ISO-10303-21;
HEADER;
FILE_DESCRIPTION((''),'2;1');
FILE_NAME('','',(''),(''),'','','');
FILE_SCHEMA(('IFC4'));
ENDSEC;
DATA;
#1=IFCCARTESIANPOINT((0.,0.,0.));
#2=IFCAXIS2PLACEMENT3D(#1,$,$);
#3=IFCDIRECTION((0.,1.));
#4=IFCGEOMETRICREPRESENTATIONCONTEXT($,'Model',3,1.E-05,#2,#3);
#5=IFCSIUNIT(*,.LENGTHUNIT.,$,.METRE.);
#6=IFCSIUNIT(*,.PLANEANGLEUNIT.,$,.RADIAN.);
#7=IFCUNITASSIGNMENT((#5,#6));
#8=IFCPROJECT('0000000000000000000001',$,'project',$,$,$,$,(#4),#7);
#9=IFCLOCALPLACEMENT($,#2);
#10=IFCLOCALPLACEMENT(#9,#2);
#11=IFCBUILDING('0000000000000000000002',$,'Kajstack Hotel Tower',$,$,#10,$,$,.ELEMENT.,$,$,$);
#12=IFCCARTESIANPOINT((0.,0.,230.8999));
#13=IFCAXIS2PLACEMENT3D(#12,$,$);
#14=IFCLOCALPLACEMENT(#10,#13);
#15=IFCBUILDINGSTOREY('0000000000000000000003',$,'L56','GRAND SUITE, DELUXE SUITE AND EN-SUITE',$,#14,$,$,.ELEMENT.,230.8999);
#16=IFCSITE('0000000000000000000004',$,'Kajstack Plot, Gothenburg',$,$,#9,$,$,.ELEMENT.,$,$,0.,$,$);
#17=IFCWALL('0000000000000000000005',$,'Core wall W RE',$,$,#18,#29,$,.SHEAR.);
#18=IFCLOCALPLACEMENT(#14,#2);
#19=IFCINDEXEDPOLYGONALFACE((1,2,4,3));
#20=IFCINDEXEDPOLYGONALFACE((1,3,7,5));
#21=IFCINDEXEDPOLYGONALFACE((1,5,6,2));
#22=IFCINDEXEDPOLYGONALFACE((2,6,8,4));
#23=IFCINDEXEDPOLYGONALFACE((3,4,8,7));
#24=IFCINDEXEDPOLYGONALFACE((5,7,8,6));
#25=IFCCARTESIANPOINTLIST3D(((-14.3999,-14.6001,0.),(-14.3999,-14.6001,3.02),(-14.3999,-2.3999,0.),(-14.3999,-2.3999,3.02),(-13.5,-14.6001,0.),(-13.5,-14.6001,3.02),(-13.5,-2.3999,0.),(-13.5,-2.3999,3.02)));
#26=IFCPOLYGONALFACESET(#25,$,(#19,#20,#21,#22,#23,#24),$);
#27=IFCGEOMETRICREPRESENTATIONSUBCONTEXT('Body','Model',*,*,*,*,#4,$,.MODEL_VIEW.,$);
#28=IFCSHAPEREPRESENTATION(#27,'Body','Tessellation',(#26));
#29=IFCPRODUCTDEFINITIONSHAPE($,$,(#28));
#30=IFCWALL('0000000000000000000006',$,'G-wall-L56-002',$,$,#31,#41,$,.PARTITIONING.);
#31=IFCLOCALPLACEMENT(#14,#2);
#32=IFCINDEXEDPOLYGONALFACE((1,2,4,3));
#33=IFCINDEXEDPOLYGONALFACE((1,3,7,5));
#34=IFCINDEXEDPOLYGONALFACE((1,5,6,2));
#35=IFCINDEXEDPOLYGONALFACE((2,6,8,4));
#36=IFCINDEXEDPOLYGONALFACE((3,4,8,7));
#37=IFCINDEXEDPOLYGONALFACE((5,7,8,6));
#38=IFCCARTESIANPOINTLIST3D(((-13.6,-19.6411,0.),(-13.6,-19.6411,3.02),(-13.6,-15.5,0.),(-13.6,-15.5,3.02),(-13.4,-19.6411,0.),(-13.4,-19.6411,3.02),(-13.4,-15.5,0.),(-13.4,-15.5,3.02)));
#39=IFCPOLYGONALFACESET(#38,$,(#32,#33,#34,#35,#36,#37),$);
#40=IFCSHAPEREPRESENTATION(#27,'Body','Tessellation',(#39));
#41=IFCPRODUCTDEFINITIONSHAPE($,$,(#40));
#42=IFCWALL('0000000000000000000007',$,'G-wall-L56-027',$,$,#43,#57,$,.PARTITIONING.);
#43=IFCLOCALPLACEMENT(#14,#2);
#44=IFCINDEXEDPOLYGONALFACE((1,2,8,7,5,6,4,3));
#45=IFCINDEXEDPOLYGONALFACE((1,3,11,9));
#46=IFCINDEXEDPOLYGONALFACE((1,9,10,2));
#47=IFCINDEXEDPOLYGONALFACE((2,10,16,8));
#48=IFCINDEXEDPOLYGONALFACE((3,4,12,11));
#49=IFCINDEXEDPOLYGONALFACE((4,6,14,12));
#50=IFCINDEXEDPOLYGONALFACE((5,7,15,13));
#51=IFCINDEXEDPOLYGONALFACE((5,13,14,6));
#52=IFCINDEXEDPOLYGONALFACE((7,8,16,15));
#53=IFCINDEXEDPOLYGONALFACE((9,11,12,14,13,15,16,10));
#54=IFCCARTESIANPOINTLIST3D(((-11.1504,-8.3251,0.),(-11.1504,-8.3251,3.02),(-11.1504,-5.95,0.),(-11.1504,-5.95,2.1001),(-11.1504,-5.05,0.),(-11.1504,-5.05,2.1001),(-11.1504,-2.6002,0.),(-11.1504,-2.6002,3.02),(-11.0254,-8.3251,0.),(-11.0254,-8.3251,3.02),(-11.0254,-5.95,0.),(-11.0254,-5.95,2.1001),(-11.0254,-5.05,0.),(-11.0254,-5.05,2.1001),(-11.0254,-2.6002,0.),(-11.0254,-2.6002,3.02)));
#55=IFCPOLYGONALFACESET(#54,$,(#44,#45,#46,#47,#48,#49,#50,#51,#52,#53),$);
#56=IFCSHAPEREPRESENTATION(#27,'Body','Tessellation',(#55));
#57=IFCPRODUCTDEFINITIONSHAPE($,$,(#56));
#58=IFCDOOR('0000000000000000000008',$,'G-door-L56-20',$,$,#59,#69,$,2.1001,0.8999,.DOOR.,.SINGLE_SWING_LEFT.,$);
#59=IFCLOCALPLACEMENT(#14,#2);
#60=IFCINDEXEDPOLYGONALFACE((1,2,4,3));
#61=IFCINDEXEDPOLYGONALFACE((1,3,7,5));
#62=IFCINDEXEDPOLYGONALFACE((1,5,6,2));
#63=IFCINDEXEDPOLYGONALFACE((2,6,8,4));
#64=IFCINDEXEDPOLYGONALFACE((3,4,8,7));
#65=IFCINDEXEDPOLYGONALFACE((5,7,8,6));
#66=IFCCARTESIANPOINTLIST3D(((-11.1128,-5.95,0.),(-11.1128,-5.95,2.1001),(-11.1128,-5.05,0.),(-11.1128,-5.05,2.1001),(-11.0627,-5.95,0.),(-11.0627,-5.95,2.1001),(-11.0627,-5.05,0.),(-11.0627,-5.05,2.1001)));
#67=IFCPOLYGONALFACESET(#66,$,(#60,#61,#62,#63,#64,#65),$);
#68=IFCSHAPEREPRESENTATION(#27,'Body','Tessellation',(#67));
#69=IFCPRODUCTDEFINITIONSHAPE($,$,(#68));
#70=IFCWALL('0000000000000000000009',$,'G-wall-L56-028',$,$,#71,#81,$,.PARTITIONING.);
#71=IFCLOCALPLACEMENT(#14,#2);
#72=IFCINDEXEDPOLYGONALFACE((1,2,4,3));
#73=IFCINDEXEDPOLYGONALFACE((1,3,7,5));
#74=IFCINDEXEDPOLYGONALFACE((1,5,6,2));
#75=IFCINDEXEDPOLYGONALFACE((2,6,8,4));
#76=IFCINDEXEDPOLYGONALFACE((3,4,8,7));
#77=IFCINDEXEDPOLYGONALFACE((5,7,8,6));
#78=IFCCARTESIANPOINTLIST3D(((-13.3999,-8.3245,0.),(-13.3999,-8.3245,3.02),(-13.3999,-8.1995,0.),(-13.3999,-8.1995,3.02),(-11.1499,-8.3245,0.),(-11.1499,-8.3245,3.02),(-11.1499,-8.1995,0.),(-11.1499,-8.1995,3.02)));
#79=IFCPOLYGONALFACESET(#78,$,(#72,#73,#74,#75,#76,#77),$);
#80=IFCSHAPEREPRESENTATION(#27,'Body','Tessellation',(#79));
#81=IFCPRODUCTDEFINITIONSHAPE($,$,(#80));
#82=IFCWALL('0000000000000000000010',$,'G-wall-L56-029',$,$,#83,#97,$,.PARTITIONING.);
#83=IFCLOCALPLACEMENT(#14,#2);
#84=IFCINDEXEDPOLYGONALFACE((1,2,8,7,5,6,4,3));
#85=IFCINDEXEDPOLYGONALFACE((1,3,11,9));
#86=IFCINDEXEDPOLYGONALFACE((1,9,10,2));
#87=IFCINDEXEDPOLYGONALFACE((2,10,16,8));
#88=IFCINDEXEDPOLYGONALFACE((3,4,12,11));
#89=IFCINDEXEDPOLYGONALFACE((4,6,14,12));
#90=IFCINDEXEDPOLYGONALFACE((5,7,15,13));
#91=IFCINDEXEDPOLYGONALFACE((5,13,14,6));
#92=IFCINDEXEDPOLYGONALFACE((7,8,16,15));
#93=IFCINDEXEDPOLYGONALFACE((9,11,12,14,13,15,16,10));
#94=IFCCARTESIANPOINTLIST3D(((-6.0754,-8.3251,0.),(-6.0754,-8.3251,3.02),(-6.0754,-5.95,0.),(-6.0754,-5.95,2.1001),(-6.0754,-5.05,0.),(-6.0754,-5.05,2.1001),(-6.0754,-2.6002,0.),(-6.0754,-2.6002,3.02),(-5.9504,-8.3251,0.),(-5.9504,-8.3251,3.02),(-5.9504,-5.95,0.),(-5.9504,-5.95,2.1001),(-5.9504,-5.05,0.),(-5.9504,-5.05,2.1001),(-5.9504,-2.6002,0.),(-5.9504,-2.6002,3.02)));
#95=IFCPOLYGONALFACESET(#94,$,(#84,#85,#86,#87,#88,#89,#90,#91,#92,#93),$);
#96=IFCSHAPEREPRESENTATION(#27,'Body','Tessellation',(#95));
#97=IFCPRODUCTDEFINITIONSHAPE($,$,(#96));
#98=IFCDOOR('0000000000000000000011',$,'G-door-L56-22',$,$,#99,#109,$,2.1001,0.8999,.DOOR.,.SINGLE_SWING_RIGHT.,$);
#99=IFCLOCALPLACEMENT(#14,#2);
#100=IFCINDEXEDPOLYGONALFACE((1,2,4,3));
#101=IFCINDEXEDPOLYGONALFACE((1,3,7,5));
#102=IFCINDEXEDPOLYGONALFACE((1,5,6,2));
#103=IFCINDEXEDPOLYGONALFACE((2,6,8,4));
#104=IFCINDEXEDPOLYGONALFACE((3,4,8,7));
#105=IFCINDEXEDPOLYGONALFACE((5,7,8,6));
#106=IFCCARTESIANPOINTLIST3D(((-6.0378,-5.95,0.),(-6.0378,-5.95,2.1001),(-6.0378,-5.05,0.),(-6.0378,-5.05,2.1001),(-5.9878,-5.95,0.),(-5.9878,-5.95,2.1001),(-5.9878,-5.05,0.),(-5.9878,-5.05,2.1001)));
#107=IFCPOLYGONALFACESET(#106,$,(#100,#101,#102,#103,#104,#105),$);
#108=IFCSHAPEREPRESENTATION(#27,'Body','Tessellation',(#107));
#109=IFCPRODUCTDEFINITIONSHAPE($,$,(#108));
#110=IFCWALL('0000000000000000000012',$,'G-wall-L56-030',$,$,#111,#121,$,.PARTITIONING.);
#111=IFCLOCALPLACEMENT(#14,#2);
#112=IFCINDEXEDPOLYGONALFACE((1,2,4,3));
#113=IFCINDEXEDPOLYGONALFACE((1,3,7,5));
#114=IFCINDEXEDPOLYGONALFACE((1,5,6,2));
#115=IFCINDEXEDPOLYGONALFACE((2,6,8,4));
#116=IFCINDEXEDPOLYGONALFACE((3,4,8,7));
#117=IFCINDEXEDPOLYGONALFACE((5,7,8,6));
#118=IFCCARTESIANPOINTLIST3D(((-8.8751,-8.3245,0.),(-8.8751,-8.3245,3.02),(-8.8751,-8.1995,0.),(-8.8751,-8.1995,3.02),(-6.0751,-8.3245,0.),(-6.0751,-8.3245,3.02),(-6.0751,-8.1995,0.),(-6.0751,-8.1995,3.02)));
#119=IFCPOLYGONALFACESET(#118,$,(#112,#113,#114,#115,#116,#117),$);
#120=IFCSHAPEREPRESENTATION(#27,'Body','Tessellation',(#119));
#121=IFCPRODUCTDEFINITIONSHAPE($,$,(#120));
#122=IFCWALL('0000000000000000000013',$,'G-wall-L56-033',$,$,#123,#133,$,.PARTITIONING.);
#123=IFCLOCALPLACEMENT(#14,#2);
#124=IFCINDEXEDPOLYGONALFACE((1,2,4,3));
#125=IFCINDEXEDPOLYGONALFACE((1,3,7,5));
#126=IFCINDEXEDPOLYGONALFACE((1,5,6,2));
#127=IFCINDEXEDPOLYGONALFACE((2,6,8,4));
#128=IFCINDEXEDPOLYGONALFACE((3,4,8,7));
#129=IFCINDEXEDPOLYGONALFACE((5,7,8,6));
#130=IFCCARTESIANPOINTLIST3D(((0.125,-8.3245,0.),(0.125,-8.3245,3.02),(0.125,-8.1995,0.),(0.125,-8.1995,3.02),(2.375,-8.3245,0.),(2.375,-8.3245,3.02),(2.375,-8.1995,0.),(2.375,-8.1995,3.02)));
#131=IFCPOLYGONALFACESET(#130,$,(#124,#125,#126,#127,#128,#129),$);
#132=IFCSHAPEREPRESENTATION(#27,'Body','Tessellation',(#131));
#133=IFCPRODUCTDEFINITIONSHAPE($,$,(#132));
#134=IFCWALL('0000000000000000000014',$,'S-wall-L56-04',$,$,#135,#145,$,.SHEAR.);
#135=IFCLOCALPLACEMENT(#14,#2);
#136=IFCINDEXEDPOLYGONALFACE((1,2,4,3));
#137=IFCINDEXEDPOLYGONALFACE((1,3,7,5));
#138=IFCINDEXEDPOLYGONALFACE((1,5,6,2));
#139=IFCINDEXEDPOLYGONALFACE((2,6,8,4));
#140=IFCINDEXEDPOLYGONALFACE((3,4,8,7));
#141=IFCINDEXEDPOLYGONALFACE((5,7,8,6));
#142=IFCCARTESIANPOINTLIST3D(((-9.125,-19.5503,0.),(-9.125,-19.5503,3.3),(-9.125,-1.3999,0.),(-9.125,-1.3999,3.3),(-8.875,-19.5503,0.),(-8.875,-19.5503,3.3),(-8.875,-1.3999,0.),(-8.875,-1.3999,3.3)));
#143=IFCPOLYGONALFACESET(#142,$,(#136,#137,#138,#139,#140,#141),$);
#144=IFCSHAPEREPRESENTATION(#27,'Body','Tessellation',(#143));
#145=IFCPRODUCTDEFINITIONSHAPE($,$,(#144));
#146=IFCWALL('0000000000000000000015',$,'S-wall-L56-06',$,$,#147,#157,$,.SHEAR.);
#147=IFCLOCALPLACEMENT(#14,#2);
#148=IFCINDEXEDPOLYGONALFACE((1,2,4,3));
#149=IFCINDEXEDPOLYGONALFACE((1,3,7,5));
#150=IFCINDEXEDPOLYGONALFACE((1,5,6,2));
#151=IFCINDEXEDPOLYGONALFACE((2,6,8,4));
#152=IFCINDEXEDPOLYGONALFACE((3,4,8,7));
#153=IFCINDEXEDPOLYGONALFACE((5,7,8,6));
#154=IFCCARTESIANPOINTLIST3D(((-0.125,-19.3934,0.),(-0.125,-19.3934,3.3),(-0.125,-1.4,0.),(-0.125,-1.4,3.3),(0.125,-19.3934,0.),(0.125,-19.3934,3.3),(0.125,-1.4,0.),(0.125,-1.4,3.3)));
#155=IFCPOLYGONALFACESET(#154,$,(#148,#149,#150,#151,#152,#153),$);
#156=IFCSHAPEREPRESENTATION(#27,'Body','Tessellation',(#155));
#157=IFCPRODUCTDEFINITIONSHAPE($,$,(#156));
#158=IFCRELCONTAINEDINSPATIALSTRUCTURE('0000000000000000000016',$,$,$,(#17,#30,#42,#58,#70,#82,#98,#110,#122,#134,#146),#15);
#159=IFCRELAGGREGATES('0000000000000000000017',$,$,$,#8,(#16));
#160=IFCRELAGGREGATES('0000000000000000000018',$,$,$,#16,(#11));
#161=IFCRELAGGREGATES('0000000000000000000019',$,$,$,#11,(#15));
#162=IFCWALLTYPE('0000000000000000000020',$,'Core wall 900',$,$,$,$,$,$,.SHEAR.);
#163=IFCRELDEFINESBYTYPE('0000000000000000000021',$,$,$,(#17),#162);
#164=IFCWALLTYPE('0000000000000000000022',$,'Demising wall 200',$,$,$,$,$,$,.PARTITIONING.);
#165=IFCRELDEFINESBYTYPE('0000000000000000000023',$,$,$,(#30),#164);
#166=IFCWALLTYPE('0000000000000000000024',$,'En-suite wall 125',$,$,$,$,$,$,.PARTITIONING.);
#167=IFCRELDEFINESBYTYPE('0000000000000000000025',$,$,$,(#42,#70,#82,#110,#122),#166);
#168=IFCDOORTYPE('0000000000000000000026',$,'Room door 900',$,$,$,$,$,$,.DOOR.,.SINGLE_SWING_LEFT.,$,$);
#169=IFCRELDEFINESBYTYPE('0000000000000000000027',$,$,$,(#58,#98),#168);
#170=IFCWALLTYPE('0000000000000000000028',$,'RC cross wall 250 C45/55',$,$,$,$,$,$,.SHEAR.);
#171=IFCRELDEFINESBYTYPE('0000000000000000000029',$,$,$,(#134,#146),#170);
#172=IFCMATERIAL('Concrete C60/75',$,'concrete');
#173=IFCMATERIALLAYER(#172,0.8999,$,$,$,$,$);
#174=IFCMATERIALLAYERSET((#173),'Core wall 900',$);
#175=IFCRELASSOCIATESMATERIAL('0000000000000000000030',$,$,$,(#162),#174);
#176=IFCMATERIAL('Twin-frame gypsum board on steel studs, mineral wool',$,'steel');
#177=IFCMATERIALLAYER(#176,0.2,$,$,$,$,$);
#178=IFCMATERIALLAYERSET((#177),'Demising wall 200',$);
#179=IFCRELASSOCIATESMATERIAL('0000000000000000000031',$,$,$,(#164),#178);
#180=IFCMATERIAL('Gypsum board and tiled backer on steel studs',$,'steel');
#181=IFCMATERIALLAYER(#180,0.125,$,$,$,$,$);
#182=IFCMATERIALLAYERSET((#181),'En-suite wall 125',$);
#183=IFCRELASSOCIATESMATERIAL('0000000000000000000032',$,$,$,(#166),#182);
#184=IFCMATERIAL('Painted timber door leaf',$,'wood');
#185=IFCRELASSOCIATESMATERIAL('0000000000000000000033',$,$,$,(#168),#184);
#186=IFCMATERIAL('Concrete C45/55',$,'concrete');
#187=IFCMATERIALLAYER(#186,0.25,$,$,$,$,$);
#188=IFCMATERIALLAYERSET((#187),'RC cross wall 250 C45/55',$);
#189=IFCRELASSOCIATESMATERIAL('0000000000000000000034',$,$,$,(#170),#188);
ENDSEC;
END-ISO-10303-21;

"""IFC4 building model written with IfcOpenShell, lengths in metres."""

from ifc_helpers import new_model, si_unit, direction, frame, frame_2d, origin, place, context, subcontext, project, spatial, rectangle, extrude, material, layer, layer_set, type_object, element, fill, save


model = new_model("IFC4")

# Units and contexts
model_context = context("Model", 3, precision=1e-05, world=origin(), true_north=direction((0.0, 1.0)))
body_context = subcontext(model_context, "Body", "Model", "MODEL_VIEW")
ifc_project = project(units=[si_unit("LENGTHUNIT", "METRE"), si_unit("PLANEANGLEUNIT", "RADIAN")], contexts=[model_context])

# Site, building, storey
site_placement = place(None, origin())
site = spatial("IfcSite", under=ifc_project, at=site_placement, Name="Kajstack Plot, Gothenburg", CompositionType="ELEMENT", RefElevation=0.0)
building_placement = place(site_placement, origin())
building = spatial("IfcBuilding", under=site, at=building_placement, Name="Kajstack Hotel Tower", CompositionType="ELEMENT")
storey_placement = place(building_placement, frame((0.0, 0.0, 230.8999)))
storey = spatial("IfcBuildingStorey", under=building, at=storey_placement, Name="L56", Description="GRAND SUITE, DELUXE SUITE AND EN-SUITE", CompositionType="ELEMENT", Elevation=230.8999)

# Walls
ifc_material_1 = material(Name="Concrete C60/75", Category="concrete")
ifc_layer_1 = layer(ifc_material_1, 0.8999)
ifc_layer_set_1 = layer_set([ifc_layer_1], Name="Core wall 900")
wall_type_1 = type_object("IfcWallType", Name="Core wall 900", PredefinedType="SHEAR", material=ifc_layer_set_1)
wall_1_placement = place(storey_placement, frame((-13.95, -14.6001, 0.0), z_axis=(0.0, 0.0, 1.0), x_axis=(0.0, 1.0, 0.0)))
element("IfcWall", 1, at=wall_1_placement, inside=storey, type_object=wall_type_1, Name="Core wall W RE", PredefinedType="SHEAR", context=body_context, shape_type="SweptSolid", body=[
    extrude(rectangle(XDim=12.2002, YDim=0.8999, at=frame_2d((6.1001, 0.0))), origin(), (0.0, 0.0, 1.0), 3.02),
])
ifc_material_2 = material(Name="Twin-frame gypsum board on steel studs, mineral wool", Category="steel")
ifc_layer_2 = layer(ifc_material_2, 0.2)
ifc_layer_set_2 = layer_set([ifc_layer_2], Name="Demising wall 200")
wall_type_2 = type_object("IfcWallType", Name="Demising wall 200", PredefinedType="PARTITIONING", material=ifc_layer_set_2)
wall_2_placement = place(storey_placement, frame((-13.5, -19.6411, 0.0), z_axis=(0.0, 0.0, 1.0), x_axis=(0.0, 1.0, 0.0)))
element("IfcWall", 2, at=wall_2_placement, inside=storey, type_object=wall_type_2, Name="G-wall-L56-002", PredefinedType="PARTITIONING", context=body_context, shape_type="SweptSolid", body=[
    extrude(rectangle(XDim=4.1411, YDim=0.2, at=frame_2d((2.0706, 0.0))), origin(), (0.0, 0.0, 1.0), 3.02),
])

# Wall, opening, door
ifc_material_3 = material(Name="Gypsum board and tiled backer on steel studs", Category="steel")
ifc_layer_3 = layer(ifc_material_3, 0.125)
ifc_layer_set_3 = layer_set([ifc_layer_3], Name="En-suite wall 125")
wall_type_3 = type_object("IfcWallType", Name="En-suite wall 125", PredefinedType="PARTITIONING", material=ifc_layer_set_3)
wall_3_placement = place(storey_placement, frame((-11.0879, -8.325, 0.0), z_axis=(0.0, 0.0, 1.0), x_axis=(0.0, 1.0, 0.0)))
wall_3 = element("IfcWall", 3, at=wall_3_placement, inside=storey, type_object=wall_type_3, Name="G-wall-L56-027", PredefinedType="PARTITIONING", context=body_context, shape_type="SweptSolid", body=[
    extrude(rectangle(XDim=5.7249, YDim=0.125, at=frame_2d((2.8623, 0.0))), origin(), (0.0, 0.0, 1.0), 3.02),
])
opening_1_placement = place(wall_3_placement, frame((2.375, 0.0, 0.0)))
opening_1 = element("IfcOpeningElement", 4, at=opening_1_placement, cuts=wall_3, PredefinedType="OPENING", context=body_context, shape_type="SweptSolid", body=[
    extrude(rectangle(XDim=0.8999, YDim=2.1001, at=frame_2d((0.45, 1.05))), frame((0.0, 0.0725, 0.0), z_axis=(0.0, -1.0, 0.0), x_axis=(1.0, 0.0, 0.0)), (0.0, 0.0, 1.0), 0.145),
])
ifc_material_4 = material(Name="Painted timber door leaf", Category="wood")
door_type = type_object("IfcDoorType", Name="Room door 900", OperationType="SINGLE_SWING_LEFT", PredefinedType="DOOR", material=ifc_material_4)
door_1_placement = place(opening_1_placement, origin())
door_1 = element("IfcDoor", 5, at=door_1_placement, inside=storey, type_object=door_type, Name="G-door-L56-20", OperationType="SINGLE_SWING_LEFT", OverallHeight=2.1001, OverallWidth=0.8999, PredefinedType="DOOR", context=body_context, shape_type="SweptSolid", body=[
    extrude(rectangle(XDim=0.8999, YDim=2.1001, at=frame_2d((0.45, 1.05))), frame((0.0, 0.0249, 0.0), z_axis=(0.0, -1.0, 0.0), x_axis=(1.0, 0.0, 0.0)), (0.0, 0.0, 1.0), 0.05),
])
fill(opening_1, door_1)

# Wall
wall_4_placement = place(storey_placement, frame((-13.3999, -8.262, 0.0), z_axis=(0.0, 0.0, 1.0), x_axis=(1.0, 0.0, 0.0)))
element("IfcWall", 6, at=wall_4_placement, inside=storey, type_object=wall_type_3, Name="G-wall-L56-028", PredefinedType="PARTITIONING", context=body_context, shape_type="SweptSolid", body=[
    extrude(rectangle(XDim=2.25, YDim=0.125, at=frame_2d((1.125, 0.0))), origin(), (0.0, 0.0, 1.0), 3.02),
])

# Wall, opening, door
wall_5_placement = place(storey_placement, frame((-6.0129, -8.325, 0.0), z_axis=(0.0, 0.0, 1.0), x_axis=(0.0, 1.0, 0.0)))
wall_5 = element("IfcWall", 7, at=wall_5_placement, inside=storey, type_object=wall_type_3, Name="G-wall-L56-029", PredefinedType="PARTITIONING", context=body_context, shape_type="SweptSolid", body=[
    extrude(rectangle(XDim=5.7249, YDim=0.125, at=frame_2d((2.8623, 0.0))), origin(), (0.0, 0.0, 1.0), 3.02),
])
opening_2_placement = place(wall_5_placement, frame((2.375, 0.0, 0.0)))
opening_2 = element("IfcOpeningElement", 8, at=opening_2_placement, cuts=wall_5, PredefinedType="OPENING", context=body_context, shape_type="SweptSolid", body=[
    extrude(rectangle(XDim=0.8999, YDim=2.1001, at=frame_2d((0.45, 1.05))), frame((0.0, 0.0725, 0.0), z_axis=(0.0, -1.0, 0.0), x_axis=(1.0, 0.0, 0.0)), (0.0, 0.0, 1.0), 0.145),
])
door_2_placement = place(opening_2_placement, origin())
door_2 = element("IfcDoor", 9, at=door_2_placement, inside=storey, type_object=door_type, Name="G-door-L56-22", OperationType="SINGLE_SWING_RIGHT", OverallHeight=2.1001, OverallWidth=0.8999, PredefinedType="DOOR", context=body_context, shape_type="SweptSolid", body=[
    extrude(rectangle(XDim=0.8999, YDim=2.1001, at=frame_2d((0.45, 1.05))), frame((0.0, 0.0249, 0.0), z_axis=(0.0, -1.0, 0.0), x_axis=(1.0, 0.0, 0.0)), (0.0, 0.0, 1.0), 0.05),
])
fill(opening_2, door_2)

# Walls
wall_6_placement = place(storey_placement, frame((-8.875, -8.262, 0.0), z_axis=(0.0, 0.0, 1.0), x_axis=(1.0, 0.0, 0.0)))
element("IfcWall", 10, at=wall_6_placement, inside=storey, type_object=wall_type_3, Name="G-wall-L56-030", PredefinedType="PARTITIONING", context=body_context, shape_type="SweptSolid", body=[
    extrude(rectangle(XDim=2.8, YDim=0.125, at=frame_2d((1.3999, 0.0))), origin(), (0.0, 0.0, 1.0), 3.02),
])
wall_7_placement = place(storey_placement, frame((0.125, -8.262, 0.0), z_axis=(0.0, 0.0, 1.0), x_axis=(1.0, 0.0, 0.0)))
element("IfcWall", 11, at=wall_7_placement, inside=storey, type_object=wall_type_3, Name="G-wall-L56-033", PredefinedType="PARTITIONING", context=body_context, shape_type="SweptSolid", body=[
    extrude(rectangle(XDim=2.25, YDim=0.125, at=frame_2d((1.125, 0.0))), origin(), (0.0, 0.0, 1.0), 3.02),
])
ifc_material_5 = material(Name="Concrete C45/55", Category="concrete")
ifc_layer_4 = layer(ifc_material_5, 0.25)
ifc_layer_set_4 = layer_set([ifc_layer_4], Name="RC cross wall 250 C45/55")
wall_type_4 = type_object("IfcWallType", Name="RC cross wall 250 C45/55", PredefinedType="SHEAR", material=ifc_layer_set_4)
wall_8_placement = place(storey_placement, frame((-9.0, -19.5503, 0.0), z_axis=(0.0, 0.0, 1.0), x_axis=(0.0, 1.0, 0.0)))
element("IfcWall", 12, at=wall_8_placement, inside=storey, type_object=wall_type_4, Name="S-wall-L56-04", PredefinedType="SHEAR", context=body_context, shape_type="SweptSolid", body=[
    extrude(rectangle(XDim=18.1504, YDim=0.25, at=frame_2d((9.0752, 0.0))), origin(), (0.0, 0.0, 1.0), 3.3),
])
wall_9_placement = place(storey_placement, frame((0.0, -19.3933, 0.0), z_axis=(0.0, 0.0, 1.0), x_axis=(0.0, 1.0, 0.0)))
element("IfcWall", 13, at=wall_9_placement, inside=storey, type_object=wall_type_4, Name="S-wall-L56-06", PredefinedType="SHEAR", context=body_context, shape_type="SweptSolid", body=[
    extrude(rectangle(XDim=17.9934, YDim=0.25, at=frame_2d((8.9966, 0.0))), origin(), (0.0, 0.0, 1.0), 3.3),
])

save(model, "model.ifc")
